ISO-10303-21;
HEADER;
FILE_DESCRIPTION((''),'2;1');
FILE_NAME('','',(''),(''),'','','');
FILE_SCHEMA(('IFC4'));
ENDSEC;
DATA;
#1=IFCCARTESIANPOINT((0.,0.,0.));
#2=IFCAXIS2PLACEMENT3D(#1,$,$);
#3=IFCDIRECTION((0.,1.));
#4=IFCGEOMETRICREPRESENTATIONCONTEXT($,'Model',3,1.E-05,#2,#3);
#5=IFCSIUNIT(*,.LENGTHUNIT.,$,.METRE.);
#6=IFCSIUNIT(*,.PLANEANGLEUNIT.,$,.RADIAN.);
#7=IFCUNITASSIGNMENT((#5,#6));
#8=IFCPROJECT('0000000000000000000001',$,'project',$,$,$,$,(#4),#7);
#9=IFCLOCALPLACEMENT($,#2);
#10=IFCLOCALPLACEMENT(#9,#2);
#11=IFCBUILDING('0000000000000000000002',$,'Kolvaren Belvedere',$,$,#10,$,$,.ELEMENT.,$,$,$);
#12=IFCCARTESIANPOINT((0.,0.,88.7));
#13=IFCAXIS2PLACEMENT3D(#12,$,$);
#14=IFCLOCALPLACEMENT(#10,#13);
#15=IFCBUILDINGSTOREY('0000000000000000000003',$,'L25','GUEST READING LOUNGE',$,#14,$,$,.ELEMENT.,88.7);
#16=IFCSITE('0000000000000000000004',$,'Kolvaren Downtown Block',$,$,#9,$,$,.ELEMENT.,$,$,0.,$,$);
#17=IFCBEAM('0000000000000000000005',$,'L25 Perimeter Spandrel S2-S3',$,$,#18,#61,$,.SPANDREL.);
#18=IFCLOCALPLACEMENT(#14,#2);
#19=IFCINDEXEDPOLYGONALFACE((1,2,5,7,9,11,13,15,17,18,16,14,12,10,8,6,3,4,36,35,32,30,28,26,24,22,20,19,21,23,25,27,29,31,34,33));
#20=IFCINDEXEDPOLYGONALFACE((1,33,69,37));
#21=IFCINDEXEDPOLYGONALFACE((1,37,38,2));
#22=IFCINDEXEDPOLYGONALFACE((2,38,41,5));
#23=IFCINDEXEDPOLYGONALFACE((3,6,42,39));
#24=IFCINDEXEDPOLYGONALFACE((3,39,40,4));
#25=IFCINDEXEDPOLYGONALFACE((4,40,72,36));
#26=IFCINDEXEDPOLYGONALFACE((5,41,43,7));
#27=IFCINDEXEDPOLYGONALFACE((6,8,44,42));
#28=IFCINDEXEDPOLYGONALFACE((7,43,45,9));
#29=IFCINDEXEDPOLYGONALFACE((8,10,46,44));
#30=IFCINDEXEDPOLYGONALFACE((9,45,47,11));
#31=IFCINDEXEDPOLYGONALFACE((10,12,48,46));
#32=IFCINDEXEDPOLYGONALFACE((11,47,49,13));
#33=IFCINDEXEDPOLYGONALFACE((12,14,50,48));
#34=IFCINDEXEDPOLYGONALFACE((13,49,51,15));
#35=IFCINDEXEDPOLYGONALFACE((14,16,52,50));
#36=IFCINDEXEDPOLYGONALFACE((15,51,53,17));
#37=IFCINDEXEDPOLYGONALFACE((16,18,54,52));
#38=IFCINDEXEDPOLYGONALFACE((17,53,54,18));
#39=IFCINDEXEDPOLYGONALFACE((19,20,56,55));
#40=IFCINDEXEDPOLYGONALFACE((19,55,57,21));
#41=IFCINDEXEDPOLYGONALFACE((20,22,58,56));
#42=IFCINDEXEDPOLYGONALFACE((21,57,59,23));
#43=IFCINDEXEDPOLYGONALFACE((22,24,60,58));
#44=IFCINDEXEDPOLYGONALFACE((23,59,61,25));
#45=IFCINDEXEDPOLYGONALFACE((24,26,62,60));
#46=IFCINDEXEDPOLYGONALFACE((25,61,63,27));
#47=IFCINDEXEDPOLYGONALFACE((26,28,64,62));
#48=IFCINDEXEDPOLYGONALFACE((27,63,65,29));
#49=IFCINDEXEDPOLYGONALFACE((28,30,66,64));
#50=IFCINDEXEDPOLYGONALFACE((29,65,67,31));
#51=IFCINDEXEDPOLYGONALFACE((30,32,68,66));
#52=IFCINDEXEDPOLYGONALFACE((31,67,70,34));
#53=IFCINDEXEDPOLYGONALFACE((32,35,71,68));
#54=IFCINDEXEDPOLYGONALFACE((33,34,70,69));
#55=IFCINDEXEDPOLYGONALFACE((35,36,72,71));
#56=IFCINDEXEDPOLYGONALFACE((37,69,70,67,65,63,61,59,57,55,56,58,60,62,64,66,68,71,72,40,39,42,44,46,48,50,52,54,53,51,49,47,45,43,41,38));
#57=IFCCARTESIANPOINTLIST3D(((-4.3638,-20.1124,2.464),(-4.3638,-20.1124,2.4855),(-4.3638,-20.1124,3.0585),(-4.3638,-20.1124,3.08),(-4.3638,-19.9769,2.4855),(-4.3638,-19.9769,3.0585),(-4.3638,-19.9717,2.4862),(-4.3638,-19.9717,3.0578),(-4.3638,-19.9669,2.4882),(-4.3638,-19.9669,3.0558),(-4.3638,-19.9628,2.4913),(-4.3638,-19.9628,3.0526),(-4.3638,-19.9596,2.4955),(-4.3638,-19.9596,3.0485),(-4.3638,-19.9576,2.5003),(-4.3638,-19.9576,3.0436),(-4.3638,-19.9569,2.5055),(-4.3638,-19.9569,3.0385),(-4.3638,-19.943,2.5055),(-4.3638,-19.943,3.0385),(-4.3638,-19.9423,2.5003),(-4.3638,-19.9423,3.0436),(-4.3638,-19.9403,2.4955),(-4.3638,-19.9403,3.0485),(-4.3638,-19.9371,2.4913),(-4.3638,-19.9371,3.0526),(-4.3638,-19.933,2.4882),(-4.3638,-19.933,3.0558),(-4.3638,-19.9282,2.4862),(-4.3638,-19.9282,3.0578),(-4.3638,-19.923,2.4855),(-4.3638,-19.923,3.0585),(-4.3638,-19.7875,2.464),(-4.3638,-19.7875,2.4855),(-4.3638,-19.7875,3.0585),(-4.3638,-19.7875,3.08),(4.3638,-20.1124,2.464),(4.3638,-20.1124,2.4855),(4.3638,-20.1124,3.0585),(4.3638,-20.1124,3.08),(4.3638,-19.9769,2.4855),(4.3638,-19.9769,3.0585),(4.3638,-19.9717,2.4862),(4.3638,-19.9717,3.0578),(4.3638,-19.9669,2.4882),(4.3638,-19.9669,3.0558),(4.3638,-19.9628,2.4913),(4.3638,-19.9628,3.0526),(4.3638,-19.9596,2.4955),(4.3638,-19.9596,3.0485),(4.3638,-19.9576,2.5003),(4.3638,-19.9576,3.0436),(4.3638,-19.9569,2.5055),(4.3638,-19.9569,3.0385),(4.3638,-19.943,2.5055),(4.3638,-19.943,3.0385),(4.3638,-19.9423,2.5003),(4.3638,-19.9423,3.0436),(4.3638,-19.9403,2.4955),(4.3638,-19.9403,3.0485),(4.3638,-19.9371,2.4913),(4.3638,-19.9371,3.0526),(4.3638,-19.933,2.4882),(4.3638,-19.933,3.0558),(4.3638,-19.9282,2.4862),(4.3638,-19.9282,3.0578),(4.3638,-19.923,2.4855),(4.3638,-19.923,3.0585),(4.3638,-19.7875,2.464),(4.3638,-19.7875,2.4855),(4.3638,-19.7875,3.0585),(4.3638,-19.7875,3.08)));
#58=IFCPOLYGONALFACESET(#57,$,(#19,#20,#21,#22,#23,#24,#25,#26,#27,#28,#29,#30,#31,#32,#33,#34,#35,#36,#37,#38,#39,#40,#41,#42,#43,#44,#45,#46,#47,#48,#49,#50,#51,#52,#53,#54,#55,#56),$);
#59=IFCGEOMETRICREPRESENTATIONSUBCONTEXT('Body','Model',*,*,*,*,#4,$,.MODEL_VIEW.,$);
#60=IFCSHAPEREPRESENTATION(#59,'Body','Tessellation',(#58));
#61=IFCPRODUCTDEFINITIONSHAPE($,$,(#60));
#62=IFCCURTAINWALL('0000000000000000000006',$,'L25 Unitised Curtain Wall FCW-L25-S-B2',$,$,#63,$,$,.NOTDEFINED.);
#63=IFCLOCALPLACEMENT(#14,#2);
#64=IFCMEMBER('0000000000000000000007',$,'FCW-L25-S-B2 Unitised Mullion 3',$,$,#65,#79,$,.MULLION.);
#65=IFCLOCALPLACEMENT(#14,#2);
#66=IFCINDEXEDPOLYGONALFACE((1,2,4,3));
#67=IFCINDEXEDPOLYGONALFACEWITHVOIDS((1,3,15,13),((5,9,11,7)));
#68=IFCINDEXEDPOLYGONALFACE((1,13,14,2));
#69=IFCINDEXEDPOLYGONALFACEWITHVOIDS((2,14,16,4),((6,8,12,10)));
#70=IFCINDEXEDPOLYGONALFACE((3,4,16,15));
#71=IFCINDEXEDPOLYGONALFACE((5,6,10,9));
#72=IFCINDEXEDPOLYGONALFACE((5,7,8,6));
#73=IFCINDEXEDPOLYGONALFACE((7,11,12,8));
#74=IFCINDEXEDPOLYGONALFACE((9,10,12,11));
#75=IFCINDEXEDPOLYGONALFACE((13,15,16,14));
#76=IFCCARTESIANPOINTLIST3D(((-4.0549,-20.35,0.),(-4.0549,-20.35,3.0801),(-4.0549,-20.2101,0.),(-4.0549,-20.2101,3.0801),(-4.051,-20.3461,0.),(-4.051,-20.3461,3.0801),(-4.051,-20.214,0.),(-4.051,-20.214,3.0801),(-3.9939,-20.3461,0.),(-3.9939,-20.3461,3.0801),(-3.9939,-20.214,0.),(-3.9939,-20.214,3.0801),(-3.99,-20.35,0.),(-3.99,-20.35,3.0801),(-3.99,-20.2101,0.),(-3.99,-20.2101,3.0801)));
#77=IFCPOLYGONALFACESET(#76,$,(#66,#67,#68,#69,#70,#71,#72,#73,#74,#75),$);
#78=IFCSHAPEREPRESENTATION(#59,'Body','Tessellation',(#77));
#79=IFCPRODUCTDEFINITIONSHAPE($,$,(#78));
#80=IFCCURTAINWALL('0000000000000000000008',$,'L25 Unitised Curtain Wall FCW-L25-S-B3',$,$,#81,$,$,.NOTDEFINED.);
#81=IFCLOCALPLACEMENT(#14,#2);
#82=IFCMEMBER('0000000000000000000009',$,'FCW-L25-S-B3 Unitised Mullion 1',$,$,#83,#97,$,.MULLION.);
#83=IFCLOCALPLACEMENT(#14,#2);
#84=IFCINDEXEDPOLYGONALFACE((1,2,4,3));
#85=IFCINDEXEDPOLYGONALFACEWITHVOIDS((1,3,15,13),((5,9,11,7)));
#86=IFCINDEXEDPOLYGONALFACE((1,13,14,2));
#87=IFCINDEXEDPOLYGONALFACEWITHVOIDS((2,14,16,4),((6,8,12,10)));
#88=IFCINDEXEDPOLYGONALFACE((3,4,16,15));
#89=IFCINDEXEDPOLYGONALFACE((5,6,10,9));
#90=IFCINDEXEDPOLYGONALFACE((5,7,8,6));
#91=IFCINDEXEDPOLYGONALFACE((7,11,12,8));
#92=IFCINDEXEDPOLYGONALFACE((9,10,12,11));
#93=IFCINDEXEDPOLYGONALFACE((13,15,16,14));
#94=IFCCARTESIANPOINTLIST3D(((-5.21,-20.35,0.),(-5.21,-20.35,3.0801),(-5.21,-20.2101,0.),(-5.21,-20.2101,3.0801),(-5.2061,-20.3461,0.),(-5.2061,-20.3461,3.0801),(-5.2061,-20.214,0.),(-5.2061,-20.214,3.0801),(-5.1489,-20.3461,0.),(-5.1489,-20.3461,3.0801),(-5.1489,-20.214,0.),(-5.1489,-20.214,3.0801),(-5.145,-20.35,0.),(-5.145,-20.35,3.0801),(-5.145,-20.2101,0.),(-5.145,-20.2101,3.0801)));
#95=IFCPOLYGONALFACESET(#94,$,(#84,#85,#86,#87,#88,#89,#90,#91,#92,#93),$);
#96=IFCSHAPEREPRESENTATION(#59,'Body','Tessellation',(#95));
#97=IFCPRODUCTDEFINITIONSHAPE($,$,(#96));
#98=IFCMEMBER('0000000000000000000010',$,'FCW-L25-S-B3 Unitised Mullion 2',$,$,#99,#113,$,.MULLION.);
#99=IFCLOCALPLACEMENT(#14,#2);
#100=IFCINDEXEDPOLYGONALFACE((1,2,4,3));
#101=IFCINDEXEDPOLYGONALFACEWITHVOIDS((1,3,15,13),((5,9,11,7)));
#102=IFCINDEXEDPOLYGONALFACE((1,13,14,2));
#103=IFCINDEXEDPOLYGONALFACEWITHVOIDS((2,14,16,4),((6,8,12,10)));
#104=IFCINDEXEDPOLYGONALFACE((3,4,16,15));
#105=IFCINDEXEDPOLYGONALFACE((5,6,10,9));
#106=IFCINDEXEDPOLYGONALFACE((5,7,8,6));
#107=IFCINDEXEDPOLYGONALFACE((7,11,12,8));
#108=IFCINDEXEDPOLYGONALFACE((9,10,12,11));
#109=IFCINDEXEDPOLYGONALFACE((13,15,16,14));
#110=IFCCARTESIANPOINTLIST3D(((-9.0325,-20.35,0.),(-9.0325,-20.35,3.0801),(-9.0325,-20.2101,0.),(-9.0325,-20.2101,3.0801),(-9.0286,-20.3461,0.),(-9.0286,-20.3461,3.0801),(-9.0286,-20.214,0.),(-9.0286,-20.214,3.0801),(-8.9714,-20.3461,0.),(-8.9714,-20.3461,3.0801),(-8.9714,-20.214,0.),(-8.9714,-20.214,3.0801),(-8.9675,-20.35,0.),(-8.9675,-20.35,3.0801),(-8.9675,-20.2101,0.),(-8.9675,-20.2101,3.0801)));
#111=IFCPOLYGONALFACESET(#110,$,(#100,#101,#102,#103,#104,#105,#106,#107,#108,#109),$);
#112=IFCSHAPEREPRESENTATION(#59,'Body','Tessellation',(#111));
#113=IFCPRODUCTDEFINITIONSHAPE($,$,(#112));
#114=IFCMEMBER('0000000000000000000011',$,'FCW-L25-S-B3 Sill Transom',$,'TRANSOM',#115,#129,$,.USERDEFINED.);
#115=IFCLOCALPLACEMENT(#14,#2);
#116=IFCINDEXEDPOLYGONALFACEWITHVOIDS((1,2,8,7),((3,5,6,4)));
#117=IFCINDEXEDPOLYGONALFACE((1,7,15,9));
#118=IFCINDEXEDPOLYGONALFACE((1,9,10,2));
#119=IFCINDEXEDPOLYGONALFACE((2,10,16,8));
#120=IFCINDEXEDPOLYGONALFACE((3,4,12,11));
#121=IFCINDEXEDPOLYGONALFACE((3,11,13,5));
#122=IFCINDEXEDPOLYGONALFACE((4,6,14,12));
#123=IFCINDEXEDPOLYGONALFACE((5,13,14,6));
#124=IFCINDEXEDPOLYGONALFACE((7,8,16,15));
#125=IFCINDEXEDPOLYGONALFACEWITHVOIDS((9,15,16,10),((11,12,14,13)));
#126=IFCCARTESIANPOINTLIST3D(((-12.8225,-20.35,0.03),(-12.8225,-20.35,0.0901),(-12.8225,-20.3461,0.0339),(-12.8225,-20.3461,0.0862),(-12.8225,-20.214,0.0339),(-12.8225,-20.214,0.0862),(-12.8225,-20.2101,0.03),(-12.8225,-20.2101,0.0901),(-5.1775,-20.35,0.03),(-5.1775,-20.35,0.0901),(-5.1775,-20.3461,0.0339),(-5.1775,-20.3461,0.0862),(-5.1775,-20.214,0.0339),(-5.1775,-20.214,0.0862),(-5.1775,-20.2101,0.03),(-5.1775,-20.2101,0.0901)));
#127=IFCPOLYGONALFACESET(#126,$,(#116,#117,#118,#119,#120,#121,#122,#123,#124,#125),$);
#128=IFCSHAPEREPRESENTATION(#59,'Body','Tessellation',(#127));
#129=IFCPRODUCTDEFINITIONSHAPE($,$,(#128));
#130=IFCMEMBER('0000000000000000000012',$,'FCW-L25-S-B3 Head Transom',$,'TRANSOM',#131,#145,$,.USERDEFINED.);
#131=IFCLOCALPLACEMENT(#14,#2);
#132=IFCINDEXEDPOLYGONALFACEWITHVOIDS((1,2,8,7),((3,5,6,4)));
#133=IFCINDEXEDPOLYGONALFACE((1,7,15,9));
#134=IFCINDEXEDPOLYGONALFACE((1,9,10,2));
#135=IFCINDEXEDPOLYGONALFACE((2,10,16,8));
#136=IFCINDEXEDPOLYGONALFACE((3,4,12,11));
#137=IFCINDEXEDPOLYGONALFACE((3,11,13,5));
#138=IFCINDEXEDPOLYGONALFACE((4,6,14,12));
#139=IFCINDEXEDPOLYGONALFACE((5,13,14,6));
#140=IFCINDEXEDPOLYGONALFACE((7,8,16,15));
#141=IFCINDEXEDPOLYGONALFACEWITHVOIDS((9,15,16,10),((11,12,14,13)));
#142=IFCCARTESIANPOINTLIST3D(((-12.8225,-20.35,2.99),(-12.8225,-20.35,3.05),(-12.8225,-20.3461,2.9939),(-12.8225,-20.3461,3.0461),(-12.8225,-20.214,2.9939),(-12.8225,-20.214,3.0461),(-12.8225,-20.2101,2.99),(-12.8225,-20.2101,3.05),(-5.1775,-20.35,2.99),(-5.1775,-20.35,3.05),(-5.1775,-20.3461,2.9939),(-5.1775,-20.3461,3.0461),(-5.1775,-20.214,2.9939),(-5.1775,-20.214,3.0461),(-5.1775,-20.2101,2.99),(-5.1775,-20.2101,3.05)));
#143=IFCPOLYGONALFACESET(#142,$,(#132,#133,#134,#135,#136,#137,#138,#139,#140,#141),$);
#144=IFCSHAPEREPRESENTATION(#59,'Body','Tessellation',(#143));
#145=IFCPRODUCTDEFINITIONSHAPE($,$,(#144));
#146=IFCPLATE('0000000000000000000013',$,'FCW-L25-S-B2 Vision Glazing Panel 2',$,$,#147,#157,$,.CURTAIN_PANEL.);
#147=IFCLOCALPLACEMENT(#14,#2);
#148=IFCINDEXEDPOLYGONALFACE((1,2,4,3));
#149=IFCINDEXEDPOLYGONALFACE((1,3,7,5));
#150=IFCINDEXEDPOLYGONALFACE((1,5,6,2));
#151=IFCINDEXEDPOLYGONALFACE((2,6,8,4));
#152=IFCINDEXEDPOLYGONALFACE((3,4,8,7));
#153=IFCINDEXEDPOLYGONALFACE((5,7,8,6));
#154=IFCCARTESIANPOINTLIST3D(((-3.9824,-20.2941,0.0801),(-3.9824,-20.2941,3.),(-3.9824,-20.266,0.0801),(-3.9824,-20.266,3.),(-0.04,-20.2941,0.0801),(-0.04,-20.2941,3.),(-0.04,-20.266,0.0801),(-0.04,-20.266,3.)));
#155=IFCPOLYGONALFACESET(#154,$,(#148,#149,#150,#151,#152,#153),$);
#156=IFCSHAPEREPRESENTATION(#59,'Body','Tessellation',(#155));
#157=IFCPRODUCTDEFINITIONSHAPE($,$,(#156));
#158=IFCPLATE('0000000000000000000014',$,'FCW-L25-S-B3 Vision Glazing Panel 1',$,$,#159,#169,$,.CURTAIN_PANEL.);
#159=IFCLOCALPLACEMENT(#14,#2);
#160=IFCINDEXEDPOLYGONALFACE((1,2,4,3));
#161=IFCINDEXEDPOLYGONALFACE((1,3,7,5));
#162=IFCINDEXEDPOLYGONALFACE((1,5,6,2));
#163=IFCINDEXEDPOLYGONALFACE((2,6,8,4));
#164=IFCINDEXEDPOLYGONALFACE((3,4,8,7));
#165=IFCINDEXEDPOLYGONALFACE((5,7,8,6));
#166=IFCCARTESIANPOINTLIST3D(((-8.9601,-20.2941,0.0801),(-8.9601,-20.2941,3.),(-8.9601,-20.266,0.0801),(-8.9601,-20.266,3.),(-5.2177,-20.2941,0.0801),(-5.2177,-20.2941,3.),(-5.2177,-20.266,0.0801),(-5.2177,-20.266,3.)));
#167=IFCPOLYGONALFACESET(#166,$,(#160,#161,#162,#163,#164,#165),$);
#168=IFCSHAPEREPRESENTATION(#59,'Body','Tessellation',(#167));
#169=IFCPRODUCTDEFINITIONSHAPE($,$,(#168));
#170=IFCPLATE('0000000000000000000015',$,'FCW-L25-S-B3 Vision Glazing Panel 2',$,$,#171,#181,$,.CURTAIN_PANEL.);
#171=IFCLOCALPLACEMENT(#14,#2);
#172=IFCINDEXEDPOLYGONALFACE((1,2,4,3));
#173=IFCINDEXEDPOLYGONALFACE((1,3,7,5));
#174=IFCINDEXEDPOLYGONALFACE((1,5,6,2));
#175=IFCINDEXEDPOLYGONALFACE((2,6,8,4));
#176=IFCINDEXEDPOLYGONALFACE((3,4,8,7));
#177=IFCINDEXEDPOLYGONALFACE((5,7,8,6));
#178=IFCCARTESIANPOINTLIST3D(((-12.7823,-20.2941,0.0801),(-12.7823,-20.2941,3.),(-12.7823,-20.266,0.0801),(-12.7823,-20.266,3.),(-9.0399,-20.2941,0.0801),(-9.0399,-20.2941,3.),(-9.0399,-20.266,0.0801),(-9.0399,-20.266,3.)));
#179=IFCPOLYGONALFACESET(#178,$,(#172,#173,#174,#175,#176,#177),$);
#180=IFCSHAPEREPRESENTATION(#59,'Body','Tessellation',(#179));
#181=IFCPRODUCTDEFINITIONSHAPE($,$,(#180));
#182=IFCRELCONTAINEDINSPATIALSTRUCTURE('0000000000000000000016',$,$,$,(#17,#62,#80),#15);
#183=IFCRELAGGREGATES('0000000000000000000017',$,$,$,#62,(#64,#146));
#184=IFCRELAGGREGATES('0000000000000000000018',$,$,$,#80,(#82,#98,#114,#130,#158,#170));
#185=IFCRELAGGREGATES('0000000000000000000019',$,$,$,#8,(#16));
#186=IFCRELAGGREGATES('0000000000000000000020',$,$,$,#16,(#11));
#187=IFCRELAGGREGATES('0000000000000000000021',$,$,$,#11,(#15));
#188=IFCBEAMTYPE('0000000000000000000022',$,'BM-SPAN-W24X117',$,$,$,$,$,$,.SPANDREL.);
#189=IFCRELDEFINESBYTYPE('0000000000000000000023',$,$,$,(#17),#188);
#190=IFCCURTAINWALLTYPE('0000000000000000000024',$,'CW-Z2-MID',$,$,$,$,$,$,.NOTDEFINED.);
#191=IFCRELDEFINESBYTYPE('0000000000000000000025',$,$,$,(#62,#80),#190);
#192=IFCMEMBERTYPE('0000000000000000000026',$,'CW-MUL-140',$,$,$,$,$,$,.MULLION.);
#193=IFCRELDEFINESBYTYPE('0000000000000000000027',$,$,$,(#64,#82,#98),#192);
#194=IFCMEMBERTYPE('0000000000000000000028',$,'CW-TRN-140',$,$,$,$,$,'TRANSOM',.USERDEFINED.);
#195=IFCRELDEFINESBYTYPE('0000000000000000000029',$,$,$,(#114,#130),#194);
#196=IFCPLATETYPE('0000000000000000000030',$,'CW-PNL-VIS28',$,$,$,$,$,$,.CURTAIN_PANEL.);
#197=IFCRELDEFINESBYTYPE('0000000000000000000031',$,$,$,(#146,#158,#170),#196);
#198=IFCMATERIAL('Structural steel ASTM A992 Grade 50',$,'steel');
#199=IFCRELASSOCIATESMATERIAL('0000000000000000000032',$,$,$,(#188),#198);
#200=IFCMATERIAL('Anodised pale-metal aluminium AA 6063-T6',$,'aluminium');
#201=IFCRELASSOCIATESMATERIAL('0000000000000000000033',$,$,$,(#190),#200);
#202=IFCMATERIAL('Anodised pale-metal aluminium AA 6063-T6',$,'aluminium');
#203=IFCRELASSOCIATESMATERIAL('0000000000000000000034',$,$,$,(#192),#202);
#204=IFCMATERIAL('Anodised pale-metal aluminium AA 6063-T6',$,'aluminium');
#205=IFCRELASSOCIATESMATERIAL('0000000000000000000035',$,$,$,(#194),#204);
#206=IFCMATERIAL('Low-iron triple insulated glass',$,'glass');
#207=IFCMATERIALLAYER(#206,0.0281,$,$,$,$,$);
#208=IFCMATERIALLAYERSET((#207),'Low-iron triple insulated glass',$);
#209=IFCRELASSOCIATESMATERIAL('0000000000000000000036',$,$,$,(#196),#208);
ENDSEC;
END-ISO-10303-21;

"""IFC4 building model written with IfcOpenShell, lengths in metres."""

from ifc_helpers import new_model, si_unit, direction, frame, origin, origin_2d, place, context, subcontext, project, spatial, rectangle, hollow_rectangle, i_section, extrude, material, layer, layer_set, material_profile, profile_set, type_object, element, aggregate, save


model = new_model("IFC4")

# Units and contexts
model_context = context("Model", 3, precision=1e-05, world=origin(), true_north=direction((0.0, 1.0)))
body_context = subcontext(model_context, "Body", "Model", "MODEL_VIEW")
ifc_project = project(units=[si_unit("LENGTHUNIT", "METRE"), si_unit("PLANEANGLEUNIT", "RADIAN")], contexts=[model_context])

# Site, building, storey
site_placement = place(None, origin())
site = spatial("IfcSite", under=ifc_project, at=site_placement, Name="Kolvaren Downtown Block", CompositionType="ELEMENT", RefElevation=0.0)
building_placement = place(site_placement, origin())
building = spatial("IfcBuilding", under=site, at=building_placement, Name="Kolvaren Belvedere", CompositionType="ELEMENT")
storey_placement = place(building_placement, frame((0.0, 0.0, 88.7)))
storey = spatial("IfcBuildingStorey", under=building, at=storey_placement, Name="L25", Description="GUEST READING LOUNGE", CompositionType="ELEMENT", Elevation=88.7)

# Beam
ifc_material_1 = material(Name="Structural steel ASTM A992 Grade 50", Category="steel")
ifc_material_profile_1 = material_profile(ifc_material_1, i_section(OverallWidth=0.325, OverallDepth=0.616, WebThickness=0.0139, FlangeThickness=0.0215, FilletRadius=0.02, at=origin_2d()), Name="W24X117")
ifc_profile_set_1 = profile_set([ifc_material_profile_1], Name="Structural steel ASTM A992 Grade 50")
beam_type_1 = type_object("IfcBeamType", Name="BM-SPAN-W24X117", PredefinedType="SPANDREL", material=ifc_profile_set_1)
beam_1_placement = place(storey_placement, frame((-4.3638, -19.95, 2.772), z_axis=(1.0, 0.0, 0.0), x_axis=(0.0, 1.0, 0.0)))
element("IfcBeam", 1, at=beam_1_placement, inside=storey, type_object=beam_type_1, Name="L25 Perimeter Spandrel S2-S3", PredefinedType="SPANDREL", context=body_context, shape_type="SweptSolid", body=[
    extrude(i_section(OverallWidth=0.325, OverallDepth=0.616, WebThickness=0.0139, FlangeThickness=0.0215, FilletRadius=0.02, at=origin_2d()), origin(), (0.0, 0.0, 1.0), 8.7275),
])

# Curtain wall, member
ifc_material_2 = material(Name="Anodised pale-metal aluminium AA 6063-T6", Category="aluminium")
curtain_wall_type = type_object("IfcCurtainWallType", Name="CW-Z2-MID", PredefinedType="NOTDEFINED", material=ifc_material_2)
curtain_wall_1_placement = place(storey_placement, origin())
curtain_wall_1 = element("IfcCurtainWall", 2, at=curtain_wall_1_placement, inside=storey, type_object=curtain_wall_type, Name="L25 Unitised Curtain Wall FCW-L25-S-B2", PredefinedType="NOTDEFINED")
ifc_material_3 = material(Name="Anodised pale-metal aluminium AA 6063-T6", Category="aluminium")
ifc_material_profile_2 = material_profile(ifc_material_3, hollow_rectangle(XDim=0.0649, YDim=0.1399, WallThickness=0.0039, at=origin_2d()), Name="ALU-MUL-140X65")
ifc_profile_set_2 = profile_set([ifc_material_profile_2], Name="Anodised pale-metal aluminium AA 6063-T6")
member_type_1 = type_object("IfcMemberType", Name="CW-MUL-140", PredefinedType="MULLION", material=ifc_profile_set_2)
member_1_placement = place(storey_placement, frame((-4.0225, -20.28, 0.0), z_axis=(0.0, 0.0, 1.0), x_axis=(1.0, 0.0, 0.0)))
member_1 = element("IfcMember", 3, at=member_1_placement, type_object=member_type_1, Name="FCW-L25-S-B2 Unitised Mullion 3", PredefinedType="MULLION", context=body_context, shape_type="SweptSolid", body=[
    extrude(hollow_rectangle(XDim=0.0649, YDim=0.1399, WallThickness=0.0039, at=origin_2d()), origin(), (0.0, 0.0, 1.0), 3.0801),
])

# Curtain wall, members
curtain_wall_2_placement = place(storey_placement, origin())
curtain_wall_2 = element("IfcCurtainWall", 4, at=curtain_wall_2_placement, inside=storey, type_object=curtain_wall_type, Name="L25 Unitised Curtain Wall FCW-L25-S-B3", PredefinedType="NOTDEFINED")
member_2_placement = place(storey_placement, frame((-5.1775, -20.28, 0.0), z_axis=(0.0, 0.0, 1.0), x_axis=(1.0, 0.0, 0.0)))
member_2 = element("IfcMember", 5, at=member_2_placement, type_object=member_type_1, Name="FCW-L25-S-B3 Unitised Mullion 1", PredefinedType="MULLION", context=body_context, shape_type="SweptSolid", body=[
    extrude(hollow_rectangle(XDim=0.0649, YDim=0.1399, WallThickness=0.0039, at=origin_2d()), origin(), (0.0, 0.0, 1.0), 3.0801),
])
member_3_placement = place(storey_placement, frame((-9.0, -20.28, 0.0), z_axis=(0.0, 0.0, 1.0), x_axis=(1.0, 0.0, 0.0)))
member_3 = element("IfcMember", 6, at=member_3_placement, type_object=member_type_1, Name="FCW-L25-S-B3 Unitised Mullion 2", PredefinedType="MULLION", context=body_context, shape_type="SweptSolid", body=[
    extrude(hollow_rectangle(XDim=0.0649, YDim=0.1399, WallThickness=0.0039, at=origin_2d()), origin(), (0.0, 0.0, 1.0), 3.0801),
])
ifc_material_4 = material(Name="Anodised pale-metal aluminium AA 6063-T6", Category="aluminium")
ifc_material_profile_3 = material_profile(ifc_material_4, hollow_rectangle(XDim=0.0601, YDim=0.1399, WallThickness=0.0039, at=origin_2d()), Name="ALU-TRN-140X60")
ifc_profile_set_3 = profile_set([ifc_material_profile_3], Name="Anodised pale-metal aluminium AA 6063-T6")
member_type_2 = type_object("IfcMemberType", Name="CW-TRN-140", ElementType="TRANSOM", PredefinedType="USERDEFINED", material=ifc_profile_set_3)
member_4_placement = place(storey_placement, frame((-5.1775, -20.28, 0.0601), z_axis=(-1.0, 0.0, 0.0), x_axis=(0.0, 0.0, 1.0)))
member_4 = element("IfcMember", 7, at=member_4_placement, type_object=member_type_2, Name="FCW-L25-S-B3 Sill Transom", ObjectType="TRANSOM", PredefinedType="USERDEFINED", context=body_context, shape_type="SweptSolid", body=[
    extrude(hollow_rectangle(XDim=0.0601, YDim=0.1399, WallThickness=0.0039, at=origin_2d()), origin(), (0.0, 0.0, 1.0), 7.645),
])
member_5_placement = place(storey_placement, frame((-5.1775, -20.28, 3.02), z_axis=(-1.0, 0.0, 0.0), x_axis=(0.0, 0.0, 1.0)))
member_5 = element("IfcMember", 8, at=member_5_placement, type_object=member_type_2, Name="FCW-L25-S-B3 Head Transom", ObjectType="TRANSOM", PredefinedType="USERDEFINED", context=body_context, shape_type="SweptSolid", body=[
    extrude(hollow_rectangle(XDim=0.0601, YDim=0.1399, WallThickness=0.0039, at=origin_2d()), origin(), (0.0, 0.0, 1.0), 7.645),
])

# Plates
ifc_material_5 = material(Name="Low-iron triple insulated glass", Category="glass")
ifc_layer_1 = layer(ifc_material_5, 0.0281)
ifc_layer_set_1 = layer_set([ifc_layer_1], Name="Low-iron triple insulated glass")
plate_type_1 = type_object("IfcPlateType", Name="CW-PNL-VIS28", PredefinedType="CURTAIN_PANEL", material=ifc_layer_set_1)
plate_1_placement = place(storey_placement, frame((-2.0112, -20.28, 0.0801), z_axis=(0.0, 0.0, 1.0), x_axis=(-1.0, 0.0, 0.0)))
plate_1 = element("IfcPlate", 9, at=plate_1_placement, type_object=plate_type_1, Name="FCW-L25-S-B2 Vision Glazing Panel 2", PredefinedType="CURTAIN_PANEL", context=body_context, shape_type="SweptSolid", body=[
    extrude(rectangle(XDim=3.9424, YDim=0.0281, at=origin_2d()), origin(), (0.0, 0.0, 1.0), 2.9199),
])
aggregate(curtain_wall_1, [member_1, plate_1])
plate_2_placement = place(storey_placement, frame((-7.0889, -20.28, 0.0801), z_axis=(0.0, 0.0, 1.0), x_axis=(-1.0, 0.0, 0.0)))
plate_2 = element("IfcPlate", 10, at=plate_2_placement, type_object=plate_type_1, Name="FCW-L25-S-B3 Vision Glazing Panel 1", PredefinedType="CURTAIN_PANEL", context=body_context, shape_type="SweptSolid", body=[
    extrude(rectangle(XDim=3.7424, YDim=0.0281, at=origin_2d()), origin(), (0.0, 0.0, 1.0), 2.9199),
])
plate_3_placement = place(storey_placement, frame((-10.9111, -20.28, 0.0801), z_axis=(0.0, 0.0, 1.0), x_axis=(-1.0, 0.0, 0.0)))
plate_3 = element("IfcPlate", 11, at=plate_3_placement, type_object=plate_type_1, Name="FCW-L25-S-B3 Vision Glazing Panel 2", PredefinedType="CURTAIN_PANEL", context=body_context, shape_type="SweptSolid", body=[
    extrude(rectangle(XDim=3.7424, YDim=0.0281, at=origin_2d()), origin(), (0.0, 0.0, 1.0), 2.9199),
])
aggregate(curtain_wall_2, [member_2, member_3, member_4, member_5, plate_2, plate_3])

save(model, "model.ifc")
